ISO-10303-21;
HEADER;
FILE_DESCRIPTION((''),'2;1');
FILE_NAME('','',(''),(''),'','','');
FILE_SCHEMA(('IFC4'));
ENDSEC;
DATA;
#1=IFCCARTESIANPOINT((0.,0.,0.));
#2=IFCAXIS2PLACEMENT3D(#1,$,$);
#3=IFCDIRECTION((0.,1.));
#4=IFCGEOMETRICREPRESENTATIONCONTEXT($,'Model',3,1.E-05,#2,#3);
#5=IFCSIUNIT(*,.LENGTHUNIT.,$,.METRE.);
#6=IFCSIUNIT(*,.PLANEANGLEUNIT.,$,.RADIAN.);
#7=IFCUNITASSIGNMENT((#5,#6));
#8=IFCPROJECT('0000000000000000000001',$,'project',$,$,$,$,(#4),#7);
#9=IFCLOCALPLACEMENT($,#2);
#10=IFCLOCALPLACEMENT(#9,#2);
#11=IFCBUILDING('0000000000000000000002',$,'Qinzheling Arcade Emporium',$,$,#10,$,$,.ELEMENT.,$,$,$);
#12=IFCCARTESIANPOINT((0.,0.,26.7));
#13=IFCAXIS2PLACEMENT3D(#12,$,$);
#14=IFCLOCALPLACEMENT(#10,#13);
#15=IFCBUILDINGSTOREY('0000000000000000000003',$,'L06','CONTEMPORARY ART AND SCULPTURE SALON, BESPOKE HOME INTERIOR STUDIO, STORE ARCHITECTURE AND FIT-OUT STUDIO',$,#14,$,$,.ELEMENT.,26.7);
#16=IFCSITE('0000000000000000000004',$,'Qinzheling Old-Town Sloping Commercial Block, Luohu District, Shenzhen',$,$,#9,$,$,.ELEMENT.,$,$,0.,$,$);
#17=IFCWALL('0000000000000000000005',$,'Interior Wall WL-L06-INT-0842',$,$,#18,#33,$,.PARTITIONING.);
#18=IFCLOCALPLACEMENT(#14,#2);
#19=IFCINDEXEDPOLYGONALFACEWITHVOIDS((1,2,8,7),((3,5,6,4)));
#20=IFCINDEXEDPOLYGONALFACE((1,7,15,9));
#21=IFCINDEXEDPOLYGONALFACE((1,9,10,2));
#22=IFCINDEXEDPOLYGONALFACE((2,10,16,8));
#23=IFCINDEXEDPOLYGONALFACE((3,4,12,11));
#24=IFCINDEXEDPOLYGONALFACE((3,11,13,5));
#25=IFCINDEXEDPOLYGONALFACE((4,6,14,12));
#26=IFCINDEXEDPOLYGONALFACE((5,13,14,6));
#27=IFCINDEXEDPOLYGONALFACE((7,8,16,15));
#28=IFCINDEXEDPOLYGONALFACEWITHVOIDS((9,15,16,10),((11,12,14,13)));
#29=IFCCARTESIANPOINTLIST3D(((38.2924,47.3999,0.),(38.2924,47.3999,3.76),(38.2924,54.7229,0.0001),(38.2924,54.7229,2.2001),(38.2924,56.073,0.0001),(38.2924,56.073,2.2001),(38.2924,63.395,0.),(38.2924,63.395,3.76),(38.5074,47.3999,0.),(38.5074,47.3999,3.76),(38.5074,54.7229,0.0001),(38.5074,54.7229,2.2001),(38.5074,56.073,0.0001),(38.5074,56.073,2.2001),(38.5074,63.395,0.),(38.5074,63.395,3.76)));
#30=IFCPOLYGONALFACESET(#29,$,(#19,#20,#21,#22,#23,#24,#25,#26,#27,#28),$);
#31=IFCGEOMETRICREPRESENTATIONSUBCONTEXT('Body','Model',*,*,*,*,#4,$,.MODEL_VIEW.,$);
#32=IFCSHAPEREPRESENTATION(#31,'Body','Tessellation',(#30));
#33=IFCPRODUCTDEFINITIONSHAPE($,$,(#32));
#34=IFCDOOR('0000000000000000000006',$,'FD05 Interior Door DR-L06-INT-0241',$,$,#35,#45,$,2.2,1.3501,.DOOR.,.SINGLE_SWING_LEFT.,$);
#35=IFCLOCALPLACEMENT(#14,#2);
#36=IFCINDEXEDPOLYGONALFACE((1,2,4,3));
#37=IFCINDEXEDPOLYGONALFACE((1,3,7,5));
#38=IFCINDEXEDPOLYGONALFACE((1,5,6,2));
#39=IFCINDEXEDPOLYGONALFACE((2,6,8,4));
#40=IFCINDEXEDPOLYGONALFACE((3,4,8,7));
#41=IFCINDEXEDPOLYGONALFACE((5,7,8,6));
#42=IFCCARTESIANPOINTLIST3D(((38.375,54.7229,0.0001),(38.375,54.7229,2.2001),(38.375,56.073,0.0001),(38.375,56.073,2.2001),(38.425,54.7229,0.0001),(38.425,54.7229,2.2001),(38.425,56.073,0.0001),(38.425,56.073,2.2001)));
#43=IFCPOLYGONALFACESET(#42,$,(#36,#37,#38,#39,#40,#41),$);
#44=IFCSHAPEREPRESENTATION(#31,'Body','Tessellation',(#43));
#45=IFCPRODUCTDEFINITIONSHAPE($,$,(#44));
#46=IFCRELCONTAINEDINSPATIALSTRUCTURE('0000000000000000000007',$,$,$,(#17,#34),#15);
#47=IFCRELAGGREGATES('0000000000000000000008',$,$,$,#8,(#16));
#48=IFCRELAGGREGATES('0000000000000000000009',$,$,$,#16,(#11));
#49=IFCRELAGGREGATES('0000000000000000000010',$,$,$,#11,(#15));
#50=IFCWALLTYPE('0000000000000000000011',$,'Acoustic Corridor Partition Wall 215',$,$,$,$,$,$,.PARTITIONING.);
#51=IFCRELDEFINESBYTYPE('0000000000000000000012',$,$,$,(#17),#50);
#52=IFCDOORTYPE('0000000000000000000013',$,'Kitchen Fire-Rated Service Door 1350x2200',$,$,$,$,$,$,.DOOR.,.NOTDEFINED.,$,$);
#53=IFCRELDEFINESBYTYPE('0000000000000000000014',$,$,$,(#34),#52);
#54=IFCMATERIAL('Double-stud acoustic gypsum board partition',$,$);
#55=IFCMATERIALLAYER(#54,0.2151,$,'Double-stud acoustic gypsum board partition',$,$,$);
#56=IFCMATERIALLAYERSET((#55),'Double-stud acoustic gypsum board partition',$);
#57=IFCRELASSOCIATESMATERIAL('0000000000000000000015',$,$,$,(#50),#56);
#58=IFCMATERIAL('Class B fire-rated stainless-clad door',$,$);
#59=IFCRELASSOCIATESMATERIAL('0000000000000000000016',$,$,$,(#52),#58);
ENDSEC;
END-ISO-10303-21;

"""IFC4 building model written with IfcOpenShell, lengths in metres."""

from ifc_helpers import new_model, si_unit, direction, frame, frame_2d, origin, place, context, subcontext, project, spatial, rectangle, extrude, material, layer, layer_set, type_object, element, fill, save


model = new_model("IFC4")

# Units and contexts
model_context = context("Model", 3, precision=1e-05, world=origin(), true_north=direction((0.0, 1.0)))
body_context = subcontext(model_context, "Body", "Model", "MODEL_VIEW")
ifc_project = project(units=[si_unit("LENGTHUNIT", "METRE"), si_unit("PLANEANGLEUNIT", "RADIAN")], contexts=[model_context])

# Site, building, storey
site_placement = place(None, origin())
site = spatial("IfcSite", under=ifc_project, at=site_placement, Name="Qinzheling Old-Town Sloping Commercial Block, Luohu District, Shenzhen", CompositionType="ELEMENT", RefElevation=0.0)
building_placement = place(site_placement, origin())
building = spatial("IfcBuilding", under=site, at=building_placement, Name="Qinzheling Arcade Emporium", CompositionType="ELEMENT")
storey_placement = place(building_placement, frame((0.0, 0.0, 26.7)))
storey = spatial("IfcBuildingStorey", under=building, at=storey_placement, Name="L06", Description="CONTEMPORARY ART AND SCULPTURE SALON, BESPOKE HOME INTERIOR STUDIO, STORE ARCHITECTURE AND FIT-OUT STUDIO", CompositionType="ELEMENT", Elevation=26.7)

# Wall, opening, door
ifc_material_1 = material(Name="Double-stud acoustic gypsum board partition")
ifc_layer_1 = layer(ifc_material_1, 0.2151, Name="Double-stud acoustic gypsum board partition")
ifc_layer_set_1 = layer_set([ifc_layer_1], Name="Double-stud acoustic gypsum board partition")
wall_type = type_object("IfcWallType", Name="Acoustic Corridor Partition Wall 215", PredefinedType="PARTITIONING", material=ifc_layer_set_1)
wall_placement = place(storey_placement, frame((38.3999, 47.3999, 0.0), z_axis=(0.0, 0.0, 1.0), x_axis=(0.0, 1.0, 0.0)))
wall = element("IfcWall", 1, at=wall_placement, inside=storey, type_object=wall_type, Name="Interior Wall WL-L06-INT-0842", PredefinedType="PARTITIONING", context=body_context, shape_type="SweptSolid", body=[
    extrude(rectangle(XDim=15.9951, YDim=0.2151, at=frame_2d((7.9976, 0.0))), origin(), (0.0, 0.0, 1.0), 3.76),
])
opening_placement = place(wall_placement, frame((7.323, 0.0, 0.0)))
opening = element("IfcOpeningElement", 2, at=opening_placement, cuts=wall, PredefinedType="OPENING", context=body_context, shape_type="SweptSolid", body=[
    extrude(rectangle(XDim=1.3501, YDim=2.2, at=frame_2d((0.675, 1.1001))), frame((0.0, 0.1177, 0.0), z_axis=(0.0, -1.0, 0.0), x_axis=(1.0, 0.0, 0.0)), (0.0, 0.0, 1.0), 0.2351),
])
ifc_material_2 = material(Name="Class B fire-rated stainless-clad door")
door_type = type_object("IfcDoorType", Name="Kitchen Fire-Rated Service Door 1350x2200", OperationType="NOTDEFINED", PredefinedType="DOOR", material=ifc_material_2)
door_placement = place(opening_placement, origin())
door = element("IfcDoor", 3, at=door_placement, inside=storey, type_object=door_type, Name="FD05 Interior Door DR-L06-INT-0241", OperationType="SINGLE_SWING_LEFT", OverallHeight=2.2, OverallWidth=1.3501, PredefinedType="DOOR", context=body_context, shape_type="SweptSolid", body=[
    extrude(rectangle(XDim=1.3501, YDim=2.2, at=frame_2d((0.675, 1.1001))), frame((0.0, 0.0249, 0.0), z_axis=(0.0, -1.0, 0.0), x_axis=(1.0, 0.0, 0.0)), (0.0, 0.0, 1.0), 0.05),
])
fill(opening, door)

save(model, "model.ifc")
